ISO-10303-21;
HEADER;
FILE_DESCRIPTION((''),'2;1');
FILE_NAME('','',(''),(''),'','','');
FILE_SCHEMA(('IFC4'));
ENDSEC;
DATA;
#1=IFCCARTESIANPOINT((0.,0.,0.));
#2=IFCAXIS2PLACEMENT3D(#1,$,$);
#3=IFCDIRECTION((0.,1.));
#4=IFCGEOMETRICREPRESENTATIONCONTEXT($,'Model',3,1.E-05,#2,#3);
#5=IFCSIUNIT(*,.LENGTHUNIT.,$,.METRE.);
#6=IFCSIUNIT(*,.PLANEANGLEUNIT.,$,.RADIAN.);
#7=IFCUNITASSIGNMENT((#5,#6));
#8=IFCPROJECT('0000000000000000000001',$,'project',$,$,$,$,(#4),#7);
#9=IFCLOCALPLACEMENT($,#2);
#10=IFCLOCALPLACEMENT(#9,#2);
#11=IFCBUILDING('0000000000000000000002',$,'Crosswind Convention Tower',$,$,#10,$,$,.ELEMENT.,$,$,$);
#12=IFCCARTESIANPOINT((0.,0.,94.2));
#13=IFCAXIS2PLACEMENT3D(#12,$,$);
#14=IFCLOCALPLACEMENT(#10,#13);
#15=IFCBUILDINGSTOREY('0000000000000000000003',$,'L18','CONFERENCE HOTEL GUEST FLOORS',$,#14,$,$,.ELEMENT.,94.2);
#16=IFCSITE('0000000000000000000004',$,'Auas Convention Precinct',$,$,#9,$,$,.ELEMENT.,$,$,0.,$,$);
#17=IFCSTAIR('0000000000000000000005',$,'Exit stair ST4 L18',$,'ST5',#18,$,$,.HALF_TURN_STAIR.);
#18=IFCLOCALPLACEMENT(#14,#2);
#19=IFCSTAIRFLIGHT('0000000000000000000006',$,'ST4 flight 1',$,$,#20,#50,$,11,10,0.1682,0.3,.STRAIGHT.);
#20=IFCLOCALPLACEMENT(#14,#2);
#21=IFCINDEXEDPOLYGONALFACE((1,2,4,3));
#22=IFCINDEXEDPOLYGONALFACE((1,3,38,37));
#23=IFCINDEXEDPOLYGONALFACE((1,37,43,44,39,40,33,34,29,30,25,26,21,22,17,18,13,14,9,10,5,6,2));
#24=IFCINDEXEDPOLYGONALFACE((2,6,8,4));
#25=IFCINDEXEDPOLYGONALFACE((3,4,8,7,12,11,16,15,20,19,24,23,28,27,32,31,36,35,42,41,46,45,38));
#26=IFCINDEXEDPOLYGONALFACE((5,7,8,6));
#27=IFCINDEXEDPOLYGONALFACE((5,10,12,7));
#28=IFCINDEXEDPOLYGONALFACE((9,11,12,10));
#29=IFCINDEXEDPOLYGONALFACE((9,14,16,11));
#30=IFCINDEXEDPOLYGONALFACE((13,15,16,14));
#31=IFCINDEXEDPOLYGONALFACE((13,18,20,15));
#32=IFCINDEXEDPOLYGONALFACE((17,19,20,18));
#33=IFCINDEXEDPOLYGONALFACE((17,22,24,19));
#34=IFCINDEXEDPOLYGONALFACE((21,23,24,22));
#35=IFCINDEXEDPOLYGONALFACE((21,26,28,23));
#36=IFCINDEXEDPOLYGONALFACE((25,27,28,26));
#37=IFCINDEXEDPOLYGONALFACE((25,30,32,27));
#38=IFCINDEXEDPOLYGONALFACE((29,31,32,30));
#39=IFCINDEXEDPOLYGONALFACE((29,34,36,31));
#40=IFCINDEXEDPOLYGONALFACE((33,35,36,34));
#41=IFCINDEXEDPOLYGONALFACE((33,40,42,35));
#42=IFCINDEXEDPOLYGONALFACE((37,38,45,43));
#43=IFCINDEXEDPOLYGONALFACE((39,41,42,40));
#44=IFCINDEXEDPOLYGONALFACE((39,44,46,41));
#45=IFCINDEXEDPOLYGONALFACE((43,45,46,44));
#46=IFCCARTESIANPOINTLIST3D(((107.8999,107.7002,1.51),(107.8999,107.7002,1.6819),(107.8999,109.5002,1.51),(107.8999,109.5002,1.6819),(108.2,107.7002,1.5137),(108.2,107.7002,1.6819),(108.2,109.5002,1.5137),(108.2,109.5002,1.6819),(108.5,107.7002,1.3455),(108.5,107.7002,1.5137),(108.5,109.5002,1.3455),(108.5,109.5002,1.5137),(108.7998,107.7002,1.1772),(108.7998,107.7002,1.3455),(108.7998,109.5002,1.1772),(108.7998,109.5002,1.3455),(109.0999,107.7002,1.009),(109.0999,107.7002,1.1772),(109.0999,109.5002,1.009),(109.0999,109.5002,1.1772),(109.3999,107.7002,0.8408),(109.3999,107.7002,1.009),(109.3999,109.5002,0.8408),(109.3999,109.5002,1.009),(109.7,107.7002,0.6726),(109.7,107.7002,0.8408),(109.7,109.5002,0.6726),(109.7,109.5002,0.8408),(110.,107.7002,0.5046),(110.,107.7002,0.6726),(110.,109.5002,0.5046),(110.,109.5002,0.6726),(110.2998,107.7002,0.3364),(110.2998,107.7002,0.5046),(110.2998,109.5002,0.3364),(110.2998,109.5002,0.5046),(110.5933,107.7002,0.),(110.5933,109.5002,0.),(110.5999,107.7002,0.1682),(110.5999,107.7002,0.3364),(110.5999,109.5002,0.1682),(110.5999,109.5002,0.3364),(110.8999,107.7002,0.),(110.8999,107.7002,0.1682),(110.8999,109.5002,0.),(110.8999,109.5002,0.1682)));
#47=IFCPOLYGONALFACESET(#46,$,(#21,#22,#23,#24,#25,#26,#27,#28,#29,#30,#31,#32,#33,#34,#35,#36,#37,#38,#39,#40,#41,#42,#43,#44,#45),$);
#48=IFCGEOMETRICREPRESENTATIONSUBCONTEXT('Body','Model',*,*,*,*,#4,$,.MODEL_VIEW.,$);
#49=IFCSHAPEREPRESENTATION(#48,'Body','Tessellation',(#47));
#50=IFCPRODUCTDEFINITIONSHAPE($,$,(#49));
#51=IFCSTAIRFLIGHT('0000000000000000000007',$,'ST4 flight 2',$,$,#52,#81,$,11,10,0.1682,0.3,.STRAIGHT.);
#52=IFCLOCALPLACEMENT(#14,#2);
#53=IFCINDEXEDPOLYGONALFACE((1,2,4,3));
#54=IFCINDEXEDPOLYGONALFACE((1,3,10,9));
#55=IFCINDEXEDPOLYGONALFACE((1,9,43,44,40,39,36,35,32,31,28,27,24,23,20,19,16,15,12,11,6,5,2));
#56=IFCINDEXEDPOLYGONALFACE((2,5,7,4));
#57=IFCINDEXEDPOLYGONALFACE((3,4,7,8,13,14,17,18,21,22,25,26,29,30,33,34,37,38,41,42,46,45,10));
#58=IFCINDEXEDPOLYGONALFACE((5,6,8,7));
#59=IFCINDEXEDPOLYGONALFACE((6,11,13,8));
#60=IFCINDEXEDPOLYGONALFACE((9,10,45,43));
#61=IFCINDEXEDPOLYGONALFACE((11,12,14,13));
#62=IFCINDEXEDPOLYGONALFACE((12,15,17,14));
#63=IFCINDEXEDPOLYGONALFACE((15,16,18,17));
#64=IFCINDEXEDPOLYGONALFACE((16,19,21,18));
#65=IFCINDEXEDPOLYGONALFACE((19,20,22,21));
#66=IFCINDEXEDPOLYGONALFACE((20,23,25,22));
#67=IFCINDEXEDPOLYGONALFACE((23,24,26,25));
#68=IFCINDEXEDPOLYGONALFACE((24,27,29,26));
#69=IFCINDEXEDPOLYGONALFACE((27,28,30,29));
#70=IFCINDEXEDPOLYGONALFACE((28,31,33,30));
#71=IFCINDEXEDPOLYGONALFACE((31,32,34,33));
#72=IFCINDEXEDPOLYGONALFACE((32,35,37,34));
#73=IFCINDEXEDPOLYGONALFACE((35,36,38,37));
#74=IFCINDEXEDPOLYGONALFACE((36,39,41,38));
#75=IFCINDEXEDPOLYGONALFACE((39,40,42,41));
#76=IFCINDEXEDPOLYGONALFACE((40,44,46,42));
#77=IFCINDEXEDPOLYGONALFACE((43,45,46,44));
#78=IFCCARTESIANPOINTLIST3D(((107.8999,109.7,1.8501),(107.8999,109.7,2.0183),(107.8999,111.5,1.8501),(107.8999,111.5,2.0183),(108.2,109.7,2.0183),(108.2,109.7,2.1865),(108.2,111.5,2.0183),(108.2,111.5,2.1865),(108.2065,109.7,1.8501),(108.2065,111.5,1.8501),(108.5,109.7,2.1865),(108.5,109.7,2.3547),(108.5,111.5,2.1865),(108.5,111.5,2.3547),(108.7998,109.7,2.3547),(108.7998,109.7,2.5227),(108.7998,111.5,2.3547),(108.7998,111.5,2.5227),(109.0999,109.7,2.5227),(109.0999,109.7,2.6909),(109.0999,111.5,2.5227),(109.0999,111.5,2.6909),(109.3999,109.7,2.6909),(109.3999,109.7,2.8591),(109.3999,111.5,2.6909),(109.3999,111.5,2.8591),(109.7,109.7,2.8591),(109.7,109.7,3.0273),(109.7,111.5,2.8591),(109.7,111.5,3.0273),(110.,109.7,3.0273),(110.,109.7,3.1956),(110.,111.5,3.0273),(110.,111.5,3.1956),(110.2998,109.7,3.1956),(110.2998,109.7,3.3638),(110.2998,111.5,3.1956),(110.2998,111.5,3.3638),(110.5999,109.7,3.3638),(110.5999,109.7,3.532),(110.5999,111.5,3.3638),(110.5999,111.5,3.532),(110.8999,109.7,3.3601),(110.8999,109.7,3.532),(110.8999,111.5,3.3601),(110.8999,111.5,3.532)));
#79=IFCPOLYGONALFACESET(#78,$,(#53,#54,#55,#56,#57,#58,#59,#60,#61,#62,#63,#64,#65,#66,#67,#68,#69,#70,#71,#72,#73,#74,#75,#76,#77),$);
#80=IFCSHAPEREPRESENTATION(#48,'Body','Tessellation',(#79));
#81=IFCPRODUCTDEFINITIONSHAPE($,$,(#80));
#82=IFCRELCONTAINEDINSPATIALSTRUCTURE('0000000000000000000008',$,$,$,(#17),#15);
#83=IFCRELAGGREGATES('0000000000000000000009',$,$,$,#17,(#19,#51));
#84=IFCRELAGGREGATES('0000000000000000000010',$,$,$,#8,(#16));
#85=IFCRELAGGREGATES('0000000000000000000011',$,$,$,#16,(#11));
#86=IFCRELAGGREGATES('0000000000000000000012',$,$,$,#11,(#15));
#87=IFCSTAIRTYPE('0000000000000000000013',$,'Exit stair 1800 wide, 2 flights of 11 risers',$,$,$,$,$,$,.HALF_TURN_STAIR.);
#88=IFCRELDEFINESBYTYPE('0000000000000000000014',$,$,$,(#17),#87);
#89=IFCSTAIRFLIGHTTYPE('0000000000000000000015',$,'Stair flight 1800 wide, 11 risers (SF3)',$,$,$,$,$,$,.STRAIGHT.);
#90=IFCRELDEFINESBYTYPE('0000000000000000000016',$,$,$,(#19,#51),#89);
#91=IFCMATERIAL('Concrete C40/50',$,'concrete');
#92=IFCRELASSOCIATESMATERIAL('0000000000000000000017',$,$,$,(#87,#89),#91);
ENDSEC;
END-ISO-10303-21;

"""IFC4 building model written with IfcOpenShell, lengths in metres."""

from ifc_helpers import new_model, si_unit, direction, frame, origin, place, context, subcontext, project, spatial, polyline, outline, extrude, material, type_object, element, aggregate, save


model = new_model("IFC4")

# Units and contexts
model_context = context("Model", 3, precision=1e-05, world=origin(), true_north=direction((0.0, 1.0)))
body_context = subcontext(model_context, "Body", "Model", "MODEL_VIEW")
ifc_project = project(units=[si_unit("LENGTHUNIT", "METRE"), si_unit("PLANEANGLEUNIT", "RADIAN")], contexts=[model_context])

# Site, building, storey
site_placement = place(None, origin())
site = spatial("IfcSite", under=ifc_project, at=site_placement, Name="Auas Convention Precinct", CompositionType="ELEMENT", RefElevation=0.0)
building_placement = place(site_placement, origin())
building = spatial("IfcBuilding", under=site, at=building_placement, Name="Crosswind Convention Tower", CompositionType="ELEMENT")
storey_placement = place(building_placement, frame((0.0, 0.0, 94.2)))
storey = spatial("IfcBuildingStorey", under=building, at=storey_placement, Name="L18", Description="CONFERENCE HOTEL GUEST FLOORS", CompositionType="ELEMENT", Elevation=94.2)

# Stair, stair flights
ifc_material_1 = material(Name="Concrete C40/50", Category="concrete")
stair_type = type_object("IfcStairType", Name="Exit stair 1800 wide, 2 flights of 11 risers", PredefinedType="HALF_TURN_STAIR", material=ifc_material_1)
stair_placement = place(storey_placement, origin())
stair = element("IfcStair", 1, at=stair_placement, inside=storey, type_object=stair_type, Name="Exit stair ST4 L18", ObjectType="ST5", PredefinedType="HALF_TURN_STAIR")
stair_flight_type = type_object("IfcStairFlightType", Name="Stair flight 1800 wide, 11 risers (SF3)", PredefinedType="STRAIGHT", material=ifc_material_1)
stair_flight_1_placement = place(storey_placement, frame((110.8999, 108.6001, 0.0), z_axis=(0.0, 0.0, 1.0), x_axis=(-1.0, 0.0, 0.0)))
stair_flight_1 = element("IfcStairFlight", 2, at=stair_flight_1_placement, type_object=stair_flight_type, Name="ST4 flight 1", NumberOfRisers=11, NumberOfTreads=10, PredefinedType="STRAIGHT", RiserHeight=0.1682, TreadLength=0.3, context=body_context, shape_type="SweptSolid", body=[
    extrude(outline(polyline([(0.0, 0.0), (0.0, 0.1682), (0.3, 0.1682), (0.3, 0.3364), (0.6001, 0.3364), (0.6001, 0.5046), (0.8999, 0.5046), (0.8999, 0.6726), (1.2, 0.6726), (1.2, 0.8408), (1.5, 0.8408), (1.5, 1.009), (1.8, 1.009), (1.8, 1.1772), (2.1001, 1.1772), (2.1001, 1.3455), (2.3999, 1.3455), (2.3999, 1.5137), (2.7, 1.5137), (2.7, 1.6819), (3.0, 1.6819), (3.0, 1.8501), (3.0, 1.51), (0.3066, 0.0), (0.0, 0.0)])), frame((0.0, 0.8999, 0.0), z_axis=(0.0, -1.0, 0.0), x_axis=(1.0, 0.0, 0.0)), (0.0, 0.0, 1.0), 1.8),
])
stair_flight_2_placement = place(storey_placement, frame((107.8999, 110.6001, 1.8501), z_axis=(0.0, 0.0, 1.0), x_axis=(1.0, 0.0, 0.0)))
stair_flight_2 = element("IfcStairFlight", 3, at=stair_flight_2_placement, type_object=stair_flight_type, Name="ST4 flight 2", NumberOfRisers=11, NumberOfTreads=10, PredefinedType="STRAIGHT", RiserHeight=0.1682, TreadLength=0.3, context=body_context, shape_type="SweptSolid", body=[
    extrude(outline(polyline([(0.0, 0.0), (0.0, 0.1682), (0.3, 0.1682), (0.3, 0.3364), (0.6001, 0.3364), (0.6001, 0.5046), (0.8999, 0.5046), (0.8999, 0.6726), (1.2, 0.6726), (1.2, 0.8408), (1.5, 0.8408), (1.5, 1.009), (1.8, 1.009), (1.8, 1.1772), (2.1001, 1.1772), (2.1001, 1.3455), (2.3999, 1.3455), (2.3999, 1.5137), (2.7, 1.5137), (2.7, 1.6819), (3.0, 1.6819), (3.0, 1.8501), (3.0, 1.51), (0.3066, 0.0), (0.0, 0.0)])), frame((0.0, 0.8999, 0.0), z_axis=(0.0, -1.0, 0.0), x_axis=(1.0, 0.0, 0.0)), (0.0, 0.0, 1.0), 1.8),
])
aggregate(stair, [stair_flight_1, stair_flight_2])

save(model, "model.ifc")
